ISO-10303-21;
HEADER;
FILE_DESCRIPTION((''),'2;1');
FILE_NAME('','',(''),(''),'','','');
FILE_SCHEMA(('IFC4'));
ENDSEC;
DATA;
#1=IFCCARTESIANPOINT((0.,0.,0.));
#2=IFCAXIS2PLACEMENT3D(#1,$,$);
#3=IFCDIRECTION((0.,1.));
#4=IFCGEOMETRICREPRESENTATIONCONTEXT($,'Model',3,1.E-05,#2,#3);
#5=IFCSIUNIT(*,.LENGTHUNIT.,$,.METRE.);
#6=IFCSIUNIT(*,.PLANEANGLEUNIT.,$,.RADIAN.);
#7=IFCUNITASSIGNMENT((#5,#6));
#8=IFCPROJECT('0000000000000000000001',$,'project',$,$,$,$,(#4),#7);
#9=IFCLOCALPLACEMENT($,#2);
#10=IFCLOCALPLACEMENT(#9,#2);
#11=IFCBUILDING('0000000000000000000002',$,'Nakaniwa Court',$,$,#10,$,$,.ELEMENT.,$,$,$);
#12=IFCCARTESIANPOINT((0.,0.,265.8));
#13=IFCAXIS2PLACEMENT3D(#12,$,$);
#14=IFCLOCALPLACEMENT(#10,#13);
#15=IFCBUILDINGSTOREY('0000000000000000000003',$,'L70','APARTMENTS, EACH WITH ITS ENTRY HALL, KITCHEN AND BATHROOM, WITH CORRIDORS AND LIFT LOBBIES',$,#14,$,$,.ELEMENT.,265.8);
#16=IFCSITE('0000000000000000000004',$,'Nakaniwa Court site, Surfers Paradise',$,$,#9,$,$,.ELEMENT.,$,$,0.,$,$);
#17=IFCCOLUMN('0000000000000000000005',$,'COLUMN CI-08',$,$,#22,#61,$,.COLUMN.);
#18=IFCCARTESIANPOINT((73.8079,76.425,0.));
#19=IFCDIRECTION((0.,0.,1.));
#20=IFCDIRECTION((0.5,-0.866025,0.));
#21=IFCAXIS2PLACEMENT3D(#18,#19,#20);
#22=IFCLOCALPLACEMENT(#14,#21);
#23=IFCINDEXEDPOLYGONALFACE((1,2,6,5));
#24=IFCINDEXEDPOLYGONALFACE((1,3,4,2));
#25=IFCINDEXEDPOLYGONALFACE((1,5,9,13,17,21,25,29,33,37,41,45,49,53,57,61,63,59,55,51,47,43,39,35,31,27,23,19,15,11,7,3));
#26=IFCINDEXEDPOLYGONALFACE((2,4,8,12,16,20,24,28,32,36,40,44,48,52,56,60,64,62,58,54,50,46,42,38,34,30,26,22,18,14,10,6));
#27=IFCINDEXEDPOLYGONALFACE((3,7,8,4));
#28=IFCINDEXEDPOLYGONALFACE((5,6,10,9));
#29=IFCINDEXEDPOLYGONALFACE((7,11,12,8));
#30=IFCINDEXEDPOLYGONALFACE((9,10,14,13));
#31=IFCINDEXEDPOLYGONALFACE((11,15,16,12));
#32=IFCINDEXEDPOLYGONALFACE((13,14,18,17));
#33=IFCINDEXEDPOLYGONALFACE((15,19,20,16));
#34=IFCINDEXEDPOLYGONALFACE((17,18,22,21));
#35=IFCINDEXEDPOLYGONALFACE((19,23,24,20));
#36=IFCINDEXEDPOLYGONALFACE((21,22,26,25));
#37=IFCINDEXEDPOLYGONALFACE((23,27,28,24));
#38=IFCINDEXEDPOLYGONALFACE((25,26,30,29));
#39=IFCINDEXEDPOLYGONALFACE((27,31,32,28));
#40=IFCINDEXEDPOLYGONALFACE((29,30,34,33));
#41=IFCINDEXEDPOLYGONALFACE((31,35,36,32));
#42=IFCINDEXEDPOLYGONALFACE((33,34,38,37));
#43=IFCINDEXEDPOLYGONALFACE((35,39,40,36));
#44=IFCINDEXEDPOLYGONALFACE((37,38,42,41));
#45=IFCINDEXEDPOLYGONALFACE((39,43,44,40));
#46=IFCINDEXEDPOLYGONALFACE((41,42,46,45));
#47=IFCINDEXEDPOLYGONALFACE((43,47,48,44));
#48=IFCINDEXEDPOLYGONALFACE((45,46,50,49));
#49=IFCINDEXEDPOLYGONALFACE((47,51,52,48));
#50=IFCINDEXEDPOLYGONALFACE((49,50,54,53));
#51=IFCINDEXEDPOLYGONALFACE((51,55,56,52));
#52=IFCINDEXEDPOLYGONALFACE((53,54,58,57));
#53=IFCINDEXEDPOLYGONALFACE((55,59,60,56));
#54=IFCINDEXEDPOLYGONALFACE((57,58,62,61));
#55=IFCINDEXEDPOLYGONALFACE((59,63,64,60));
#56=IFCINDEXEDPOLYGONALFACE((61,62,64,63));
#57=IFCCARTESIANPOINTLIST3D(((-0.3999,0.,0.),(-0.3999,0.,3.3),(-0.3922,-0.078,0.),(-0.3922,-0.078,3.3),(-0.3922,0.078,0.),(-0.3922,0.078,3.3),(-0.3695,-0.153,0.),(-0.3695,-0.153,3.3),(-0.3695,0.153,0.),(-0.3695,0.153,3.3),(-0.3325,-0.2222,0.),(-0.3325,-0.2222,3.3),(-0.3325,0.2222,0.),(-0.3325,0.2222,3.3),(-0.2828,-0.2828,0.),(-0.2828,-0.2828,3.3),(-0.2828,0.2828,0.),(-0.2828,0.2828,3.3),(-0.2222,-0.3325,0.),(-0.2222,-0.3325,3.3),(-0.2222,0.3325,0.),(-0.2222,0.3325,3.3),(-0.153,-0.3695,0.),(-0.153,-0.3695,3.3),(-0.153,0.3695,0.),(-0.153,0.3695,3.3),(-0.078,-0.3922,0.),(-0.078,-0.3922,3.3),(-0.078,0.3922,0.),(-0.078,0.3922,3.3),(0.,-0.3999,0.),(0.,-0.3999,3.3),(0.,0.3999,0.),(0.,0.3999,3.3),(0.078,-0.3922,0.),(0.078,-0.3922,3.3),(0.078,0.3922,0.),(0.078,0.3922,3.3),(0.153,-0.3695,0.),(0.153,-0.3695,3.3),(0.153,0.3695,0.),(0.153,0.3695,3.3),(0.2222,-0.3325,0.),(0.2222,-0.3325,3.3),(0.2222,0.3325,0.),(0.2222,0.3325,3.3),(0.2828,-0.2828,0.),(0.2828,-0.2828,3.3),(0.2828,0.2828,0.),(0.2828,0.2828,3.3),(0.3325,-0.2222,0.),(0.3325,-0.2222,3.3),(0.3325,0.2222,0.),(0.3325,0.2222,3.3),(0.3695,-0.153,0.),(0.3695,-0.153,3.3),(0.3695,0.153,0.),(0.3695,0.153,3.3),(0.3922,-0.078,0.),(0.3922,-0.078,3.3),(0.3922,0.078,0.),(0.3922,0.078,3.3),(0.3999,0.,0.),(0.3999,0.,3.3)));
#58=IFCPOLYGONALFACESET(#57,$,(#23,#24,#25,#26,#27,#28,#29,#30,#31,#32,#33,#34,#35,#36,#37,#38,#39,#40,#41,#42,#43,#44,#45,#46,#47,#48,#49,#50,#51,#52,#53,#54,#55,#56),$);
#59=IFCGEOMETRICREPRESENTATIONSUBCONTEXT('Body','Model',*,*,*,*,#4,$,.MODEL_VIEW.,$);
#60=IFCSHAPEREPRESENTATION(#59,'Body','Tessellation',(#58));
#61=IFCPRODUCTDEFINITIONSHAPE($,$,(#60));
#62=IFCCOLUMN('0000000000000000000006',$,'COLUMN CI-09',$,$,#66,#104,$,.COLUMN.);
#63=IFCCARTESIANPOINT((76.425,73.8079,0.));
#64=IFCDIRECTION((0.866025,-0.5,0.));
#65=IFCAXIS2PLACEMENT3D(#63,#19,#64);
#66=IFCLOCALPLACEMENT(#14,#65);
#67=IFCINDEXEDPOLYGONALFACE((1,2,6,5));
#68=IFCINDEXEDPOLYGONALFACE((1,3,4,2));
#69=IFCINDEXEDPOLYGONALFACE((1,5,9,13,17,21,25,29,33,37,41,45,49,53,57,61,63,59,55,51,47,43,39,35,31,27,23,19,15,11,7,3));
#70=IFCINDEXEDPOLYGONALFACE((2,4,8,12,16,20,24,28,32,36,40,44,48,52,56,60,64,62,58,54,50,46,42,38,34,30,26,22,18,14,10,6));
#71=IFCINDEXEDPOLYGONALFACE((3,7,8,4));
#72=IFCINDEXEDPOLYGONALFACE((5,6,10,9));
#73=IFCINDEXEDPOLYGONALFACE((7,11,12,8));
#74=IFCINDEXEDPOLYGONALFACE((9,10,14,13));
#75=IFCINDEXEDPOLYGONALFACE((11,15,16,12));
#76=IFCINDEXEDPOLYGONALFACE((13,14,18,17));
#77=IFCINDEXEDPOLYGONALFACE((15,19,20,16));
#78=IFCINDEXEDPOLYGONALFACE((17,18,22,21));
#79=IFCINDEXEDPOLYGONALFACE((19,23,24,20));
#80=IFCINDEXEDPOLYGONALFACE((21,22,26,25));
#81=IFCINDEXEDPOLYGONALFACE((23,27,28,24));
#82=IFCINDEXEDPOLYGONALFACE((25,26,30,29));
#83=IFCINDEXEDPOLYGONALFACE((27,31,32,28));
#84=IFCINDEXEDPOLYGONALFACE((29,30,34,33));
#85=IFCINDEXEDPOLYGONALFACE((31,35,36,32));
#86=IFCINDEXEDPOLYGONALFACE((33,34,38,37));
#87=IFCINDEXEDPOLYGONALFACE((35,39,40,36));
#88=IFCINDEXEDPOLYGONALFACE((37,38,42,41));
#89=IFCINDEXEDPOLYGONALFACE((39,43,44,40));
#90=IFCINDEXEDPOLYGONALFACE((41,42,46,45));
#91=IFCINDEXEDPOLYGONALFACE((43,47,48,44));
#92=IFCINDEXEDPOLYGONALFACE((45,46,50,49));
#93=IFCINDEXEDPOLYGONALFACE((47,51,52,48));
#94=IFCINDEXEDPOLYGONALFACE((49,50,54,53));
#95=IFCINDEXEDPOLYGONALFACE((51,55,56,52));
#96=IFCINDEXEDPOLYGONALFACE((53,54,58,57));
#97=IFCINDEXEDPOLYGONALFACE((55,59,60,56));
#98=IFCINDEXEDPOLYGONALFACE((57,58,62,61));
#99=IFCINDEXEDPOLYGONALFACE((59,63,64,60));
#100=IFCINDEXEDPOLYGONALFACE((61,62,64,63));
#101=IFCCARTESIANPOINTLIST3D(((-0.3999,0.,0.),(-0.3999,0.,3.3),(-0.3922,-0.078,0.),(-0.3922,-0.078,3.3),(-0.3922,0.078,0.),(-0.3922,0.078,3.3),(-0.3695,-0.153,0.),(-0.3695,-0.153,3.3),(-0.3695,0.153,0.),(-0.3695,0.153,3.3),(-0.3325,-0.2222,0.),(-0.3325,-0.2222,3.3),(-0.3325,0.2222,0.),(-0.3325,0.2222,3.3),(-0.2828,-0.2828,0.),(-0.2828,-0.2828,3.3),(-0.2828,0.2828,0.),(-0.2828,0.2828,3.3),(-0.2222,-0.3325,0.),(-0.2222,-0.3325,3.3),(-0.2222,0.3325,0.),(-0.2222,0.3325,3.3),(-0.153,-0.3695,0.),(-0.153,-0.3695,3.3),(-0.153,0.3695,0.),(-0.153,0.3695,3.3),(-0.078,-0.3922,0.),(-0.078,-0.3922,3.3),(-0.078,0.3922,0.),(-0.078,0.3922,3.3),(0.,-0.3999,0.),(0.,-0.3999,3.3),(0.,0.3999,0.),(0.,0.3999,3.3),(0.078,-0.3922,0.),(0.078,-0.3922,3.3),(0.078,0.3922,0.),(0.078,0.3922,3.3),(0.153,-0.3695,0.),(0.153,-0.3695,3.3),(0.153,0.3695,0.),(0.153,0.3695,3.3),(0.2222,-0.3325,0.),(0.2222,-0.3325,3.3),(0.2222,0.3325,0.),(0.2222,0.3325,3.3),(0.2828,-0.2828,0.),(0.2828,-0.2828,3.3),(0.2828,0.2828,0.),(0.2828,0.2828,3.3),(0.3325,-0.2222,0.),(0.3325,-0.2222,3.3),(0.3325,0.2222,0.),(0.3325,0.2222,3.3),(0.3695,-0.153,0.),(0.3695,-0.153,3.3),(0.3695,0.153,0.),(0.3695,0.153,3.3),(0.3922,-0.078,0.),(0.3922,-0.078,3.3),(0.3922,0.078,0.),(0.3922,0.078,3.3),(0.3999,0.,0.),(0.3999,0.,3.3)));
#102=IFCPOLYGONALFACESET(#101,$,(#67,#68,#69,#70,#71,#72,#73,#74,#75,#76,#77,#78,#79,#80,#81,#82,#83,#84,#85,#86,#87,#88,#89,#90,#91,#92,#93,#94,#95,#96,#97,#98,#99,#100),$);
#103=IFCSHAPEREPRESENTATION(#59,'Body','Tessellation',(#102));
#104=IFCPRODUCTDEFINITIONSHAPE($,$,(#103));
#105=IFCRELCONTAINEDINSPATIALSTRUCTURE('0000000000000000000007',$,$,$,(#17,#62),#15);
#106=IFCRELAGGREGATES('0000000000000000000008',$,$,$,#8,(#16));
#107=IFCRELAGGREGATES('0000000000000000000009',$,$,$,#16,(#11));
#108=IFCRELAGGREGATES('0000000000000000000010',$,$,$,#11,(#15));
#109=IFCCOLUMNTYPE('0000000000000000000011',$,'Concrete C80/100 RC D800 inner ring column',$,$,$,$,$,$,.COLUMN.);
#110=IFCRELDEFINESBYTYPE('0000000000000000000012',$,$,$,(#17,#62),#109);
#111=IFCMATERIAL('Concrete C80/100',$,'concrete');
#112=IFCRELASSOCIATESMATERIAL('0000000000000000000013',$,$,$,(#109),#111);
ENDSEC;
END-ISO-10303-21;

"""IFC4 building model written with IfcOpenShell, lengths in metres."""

from ifc_helpers import new_model, si_unit, direction, frame, origin, origin_2d, place, context, subcontext, project, spatial, circle, extrude, material, material_profile, profile_set, type_object, element, save


model = new_model("IFC4")

# Units and contexts
model_context = context("Model", 3, precision=1e-05, world=origin(), true_north=direction((0.0, 1.0)))
body_context = subcontext(model_context, "Body", "Model", "MODEL_VIEW")
ifc_project = project(units=[si_unit("LENGTHUNIT", "METRE"), si_unit("PLANEANGLEUNIT", "RADIAN")], contexts=[model_context])

# Site, building, storey
site_placement = place(None, origin())
site = spatial("IfcSite", under=ifc_project, at=site_placement, Name="Nakaniwa Court site, Surfers Paradise", CompositionType="ELEMENT", RefElevation=0.0)
building_placement = place(site_placement, origin())
building = spatial("IfcBuilding", under=site, at=building_placement, Name="Nakaniwa Court", CompositionType="ELEMENT")
storey_placement = place(building_placement, frame((0.0, 0.0, 265.8)))
storey = spatial("IfcBuildingStorey", under=building, at=storey_placement, Name="L70", Description="APARTMENTS, EACH WITH ITS ENTRY HALL, KITCHEN AND BATHROOM, WITH CORRIDORS AND LIFT LOBBIES", CompositionType="ELEMENT", Elevation=265.8)

# Columns
ifc_material_1 = material(Name="Concrete C80/100", Category="concrete")
ifc_material_profile_1 = material_profile(ifc_material_1, circle(Radius=0.3999, at=origin_2d()), Name="Concrete C80/100 RC D800 inner ring column")
ifc_profile_set_1 = profile_set([ifc_material_profile_1], Name="Concrete C80/100")
column_type_1 = type_object("IfcColumnType", Name="Concrete C80/100 RC D800 inner ring column", PredefinedType="COLUMN", material=ifc_profile_set_1)
for number, where, z_axis, x_axis, name in (
    (1, (73.8079, 76.425, 0.0), (0.0, 0.0, 1.0), (0.5, -0.866025, 0.0), "COLUMN CI-08"),
    (2, (76.425, 73.8079, 0.0), (0.0, 0.0, 1.0), (0.866025, -0.5, 0.0), "COLUMN CI-09"),
):
    element("IfcColumn", number, at=place(storey_placement, frame(where, z_axis=z_axis, x_axis=x_axis)), inside=storey, type_object=column_type_1, Name=name, PredefinedType="COLUMN", context=body_context, shape_type="SweptSolid", body=[
        extrude(circle(Radius=0.3999, at=origin_2d()), origin(), (0.0, 0.0, 1.0), 3.3),
    ])

save(model, "model.ifc")
